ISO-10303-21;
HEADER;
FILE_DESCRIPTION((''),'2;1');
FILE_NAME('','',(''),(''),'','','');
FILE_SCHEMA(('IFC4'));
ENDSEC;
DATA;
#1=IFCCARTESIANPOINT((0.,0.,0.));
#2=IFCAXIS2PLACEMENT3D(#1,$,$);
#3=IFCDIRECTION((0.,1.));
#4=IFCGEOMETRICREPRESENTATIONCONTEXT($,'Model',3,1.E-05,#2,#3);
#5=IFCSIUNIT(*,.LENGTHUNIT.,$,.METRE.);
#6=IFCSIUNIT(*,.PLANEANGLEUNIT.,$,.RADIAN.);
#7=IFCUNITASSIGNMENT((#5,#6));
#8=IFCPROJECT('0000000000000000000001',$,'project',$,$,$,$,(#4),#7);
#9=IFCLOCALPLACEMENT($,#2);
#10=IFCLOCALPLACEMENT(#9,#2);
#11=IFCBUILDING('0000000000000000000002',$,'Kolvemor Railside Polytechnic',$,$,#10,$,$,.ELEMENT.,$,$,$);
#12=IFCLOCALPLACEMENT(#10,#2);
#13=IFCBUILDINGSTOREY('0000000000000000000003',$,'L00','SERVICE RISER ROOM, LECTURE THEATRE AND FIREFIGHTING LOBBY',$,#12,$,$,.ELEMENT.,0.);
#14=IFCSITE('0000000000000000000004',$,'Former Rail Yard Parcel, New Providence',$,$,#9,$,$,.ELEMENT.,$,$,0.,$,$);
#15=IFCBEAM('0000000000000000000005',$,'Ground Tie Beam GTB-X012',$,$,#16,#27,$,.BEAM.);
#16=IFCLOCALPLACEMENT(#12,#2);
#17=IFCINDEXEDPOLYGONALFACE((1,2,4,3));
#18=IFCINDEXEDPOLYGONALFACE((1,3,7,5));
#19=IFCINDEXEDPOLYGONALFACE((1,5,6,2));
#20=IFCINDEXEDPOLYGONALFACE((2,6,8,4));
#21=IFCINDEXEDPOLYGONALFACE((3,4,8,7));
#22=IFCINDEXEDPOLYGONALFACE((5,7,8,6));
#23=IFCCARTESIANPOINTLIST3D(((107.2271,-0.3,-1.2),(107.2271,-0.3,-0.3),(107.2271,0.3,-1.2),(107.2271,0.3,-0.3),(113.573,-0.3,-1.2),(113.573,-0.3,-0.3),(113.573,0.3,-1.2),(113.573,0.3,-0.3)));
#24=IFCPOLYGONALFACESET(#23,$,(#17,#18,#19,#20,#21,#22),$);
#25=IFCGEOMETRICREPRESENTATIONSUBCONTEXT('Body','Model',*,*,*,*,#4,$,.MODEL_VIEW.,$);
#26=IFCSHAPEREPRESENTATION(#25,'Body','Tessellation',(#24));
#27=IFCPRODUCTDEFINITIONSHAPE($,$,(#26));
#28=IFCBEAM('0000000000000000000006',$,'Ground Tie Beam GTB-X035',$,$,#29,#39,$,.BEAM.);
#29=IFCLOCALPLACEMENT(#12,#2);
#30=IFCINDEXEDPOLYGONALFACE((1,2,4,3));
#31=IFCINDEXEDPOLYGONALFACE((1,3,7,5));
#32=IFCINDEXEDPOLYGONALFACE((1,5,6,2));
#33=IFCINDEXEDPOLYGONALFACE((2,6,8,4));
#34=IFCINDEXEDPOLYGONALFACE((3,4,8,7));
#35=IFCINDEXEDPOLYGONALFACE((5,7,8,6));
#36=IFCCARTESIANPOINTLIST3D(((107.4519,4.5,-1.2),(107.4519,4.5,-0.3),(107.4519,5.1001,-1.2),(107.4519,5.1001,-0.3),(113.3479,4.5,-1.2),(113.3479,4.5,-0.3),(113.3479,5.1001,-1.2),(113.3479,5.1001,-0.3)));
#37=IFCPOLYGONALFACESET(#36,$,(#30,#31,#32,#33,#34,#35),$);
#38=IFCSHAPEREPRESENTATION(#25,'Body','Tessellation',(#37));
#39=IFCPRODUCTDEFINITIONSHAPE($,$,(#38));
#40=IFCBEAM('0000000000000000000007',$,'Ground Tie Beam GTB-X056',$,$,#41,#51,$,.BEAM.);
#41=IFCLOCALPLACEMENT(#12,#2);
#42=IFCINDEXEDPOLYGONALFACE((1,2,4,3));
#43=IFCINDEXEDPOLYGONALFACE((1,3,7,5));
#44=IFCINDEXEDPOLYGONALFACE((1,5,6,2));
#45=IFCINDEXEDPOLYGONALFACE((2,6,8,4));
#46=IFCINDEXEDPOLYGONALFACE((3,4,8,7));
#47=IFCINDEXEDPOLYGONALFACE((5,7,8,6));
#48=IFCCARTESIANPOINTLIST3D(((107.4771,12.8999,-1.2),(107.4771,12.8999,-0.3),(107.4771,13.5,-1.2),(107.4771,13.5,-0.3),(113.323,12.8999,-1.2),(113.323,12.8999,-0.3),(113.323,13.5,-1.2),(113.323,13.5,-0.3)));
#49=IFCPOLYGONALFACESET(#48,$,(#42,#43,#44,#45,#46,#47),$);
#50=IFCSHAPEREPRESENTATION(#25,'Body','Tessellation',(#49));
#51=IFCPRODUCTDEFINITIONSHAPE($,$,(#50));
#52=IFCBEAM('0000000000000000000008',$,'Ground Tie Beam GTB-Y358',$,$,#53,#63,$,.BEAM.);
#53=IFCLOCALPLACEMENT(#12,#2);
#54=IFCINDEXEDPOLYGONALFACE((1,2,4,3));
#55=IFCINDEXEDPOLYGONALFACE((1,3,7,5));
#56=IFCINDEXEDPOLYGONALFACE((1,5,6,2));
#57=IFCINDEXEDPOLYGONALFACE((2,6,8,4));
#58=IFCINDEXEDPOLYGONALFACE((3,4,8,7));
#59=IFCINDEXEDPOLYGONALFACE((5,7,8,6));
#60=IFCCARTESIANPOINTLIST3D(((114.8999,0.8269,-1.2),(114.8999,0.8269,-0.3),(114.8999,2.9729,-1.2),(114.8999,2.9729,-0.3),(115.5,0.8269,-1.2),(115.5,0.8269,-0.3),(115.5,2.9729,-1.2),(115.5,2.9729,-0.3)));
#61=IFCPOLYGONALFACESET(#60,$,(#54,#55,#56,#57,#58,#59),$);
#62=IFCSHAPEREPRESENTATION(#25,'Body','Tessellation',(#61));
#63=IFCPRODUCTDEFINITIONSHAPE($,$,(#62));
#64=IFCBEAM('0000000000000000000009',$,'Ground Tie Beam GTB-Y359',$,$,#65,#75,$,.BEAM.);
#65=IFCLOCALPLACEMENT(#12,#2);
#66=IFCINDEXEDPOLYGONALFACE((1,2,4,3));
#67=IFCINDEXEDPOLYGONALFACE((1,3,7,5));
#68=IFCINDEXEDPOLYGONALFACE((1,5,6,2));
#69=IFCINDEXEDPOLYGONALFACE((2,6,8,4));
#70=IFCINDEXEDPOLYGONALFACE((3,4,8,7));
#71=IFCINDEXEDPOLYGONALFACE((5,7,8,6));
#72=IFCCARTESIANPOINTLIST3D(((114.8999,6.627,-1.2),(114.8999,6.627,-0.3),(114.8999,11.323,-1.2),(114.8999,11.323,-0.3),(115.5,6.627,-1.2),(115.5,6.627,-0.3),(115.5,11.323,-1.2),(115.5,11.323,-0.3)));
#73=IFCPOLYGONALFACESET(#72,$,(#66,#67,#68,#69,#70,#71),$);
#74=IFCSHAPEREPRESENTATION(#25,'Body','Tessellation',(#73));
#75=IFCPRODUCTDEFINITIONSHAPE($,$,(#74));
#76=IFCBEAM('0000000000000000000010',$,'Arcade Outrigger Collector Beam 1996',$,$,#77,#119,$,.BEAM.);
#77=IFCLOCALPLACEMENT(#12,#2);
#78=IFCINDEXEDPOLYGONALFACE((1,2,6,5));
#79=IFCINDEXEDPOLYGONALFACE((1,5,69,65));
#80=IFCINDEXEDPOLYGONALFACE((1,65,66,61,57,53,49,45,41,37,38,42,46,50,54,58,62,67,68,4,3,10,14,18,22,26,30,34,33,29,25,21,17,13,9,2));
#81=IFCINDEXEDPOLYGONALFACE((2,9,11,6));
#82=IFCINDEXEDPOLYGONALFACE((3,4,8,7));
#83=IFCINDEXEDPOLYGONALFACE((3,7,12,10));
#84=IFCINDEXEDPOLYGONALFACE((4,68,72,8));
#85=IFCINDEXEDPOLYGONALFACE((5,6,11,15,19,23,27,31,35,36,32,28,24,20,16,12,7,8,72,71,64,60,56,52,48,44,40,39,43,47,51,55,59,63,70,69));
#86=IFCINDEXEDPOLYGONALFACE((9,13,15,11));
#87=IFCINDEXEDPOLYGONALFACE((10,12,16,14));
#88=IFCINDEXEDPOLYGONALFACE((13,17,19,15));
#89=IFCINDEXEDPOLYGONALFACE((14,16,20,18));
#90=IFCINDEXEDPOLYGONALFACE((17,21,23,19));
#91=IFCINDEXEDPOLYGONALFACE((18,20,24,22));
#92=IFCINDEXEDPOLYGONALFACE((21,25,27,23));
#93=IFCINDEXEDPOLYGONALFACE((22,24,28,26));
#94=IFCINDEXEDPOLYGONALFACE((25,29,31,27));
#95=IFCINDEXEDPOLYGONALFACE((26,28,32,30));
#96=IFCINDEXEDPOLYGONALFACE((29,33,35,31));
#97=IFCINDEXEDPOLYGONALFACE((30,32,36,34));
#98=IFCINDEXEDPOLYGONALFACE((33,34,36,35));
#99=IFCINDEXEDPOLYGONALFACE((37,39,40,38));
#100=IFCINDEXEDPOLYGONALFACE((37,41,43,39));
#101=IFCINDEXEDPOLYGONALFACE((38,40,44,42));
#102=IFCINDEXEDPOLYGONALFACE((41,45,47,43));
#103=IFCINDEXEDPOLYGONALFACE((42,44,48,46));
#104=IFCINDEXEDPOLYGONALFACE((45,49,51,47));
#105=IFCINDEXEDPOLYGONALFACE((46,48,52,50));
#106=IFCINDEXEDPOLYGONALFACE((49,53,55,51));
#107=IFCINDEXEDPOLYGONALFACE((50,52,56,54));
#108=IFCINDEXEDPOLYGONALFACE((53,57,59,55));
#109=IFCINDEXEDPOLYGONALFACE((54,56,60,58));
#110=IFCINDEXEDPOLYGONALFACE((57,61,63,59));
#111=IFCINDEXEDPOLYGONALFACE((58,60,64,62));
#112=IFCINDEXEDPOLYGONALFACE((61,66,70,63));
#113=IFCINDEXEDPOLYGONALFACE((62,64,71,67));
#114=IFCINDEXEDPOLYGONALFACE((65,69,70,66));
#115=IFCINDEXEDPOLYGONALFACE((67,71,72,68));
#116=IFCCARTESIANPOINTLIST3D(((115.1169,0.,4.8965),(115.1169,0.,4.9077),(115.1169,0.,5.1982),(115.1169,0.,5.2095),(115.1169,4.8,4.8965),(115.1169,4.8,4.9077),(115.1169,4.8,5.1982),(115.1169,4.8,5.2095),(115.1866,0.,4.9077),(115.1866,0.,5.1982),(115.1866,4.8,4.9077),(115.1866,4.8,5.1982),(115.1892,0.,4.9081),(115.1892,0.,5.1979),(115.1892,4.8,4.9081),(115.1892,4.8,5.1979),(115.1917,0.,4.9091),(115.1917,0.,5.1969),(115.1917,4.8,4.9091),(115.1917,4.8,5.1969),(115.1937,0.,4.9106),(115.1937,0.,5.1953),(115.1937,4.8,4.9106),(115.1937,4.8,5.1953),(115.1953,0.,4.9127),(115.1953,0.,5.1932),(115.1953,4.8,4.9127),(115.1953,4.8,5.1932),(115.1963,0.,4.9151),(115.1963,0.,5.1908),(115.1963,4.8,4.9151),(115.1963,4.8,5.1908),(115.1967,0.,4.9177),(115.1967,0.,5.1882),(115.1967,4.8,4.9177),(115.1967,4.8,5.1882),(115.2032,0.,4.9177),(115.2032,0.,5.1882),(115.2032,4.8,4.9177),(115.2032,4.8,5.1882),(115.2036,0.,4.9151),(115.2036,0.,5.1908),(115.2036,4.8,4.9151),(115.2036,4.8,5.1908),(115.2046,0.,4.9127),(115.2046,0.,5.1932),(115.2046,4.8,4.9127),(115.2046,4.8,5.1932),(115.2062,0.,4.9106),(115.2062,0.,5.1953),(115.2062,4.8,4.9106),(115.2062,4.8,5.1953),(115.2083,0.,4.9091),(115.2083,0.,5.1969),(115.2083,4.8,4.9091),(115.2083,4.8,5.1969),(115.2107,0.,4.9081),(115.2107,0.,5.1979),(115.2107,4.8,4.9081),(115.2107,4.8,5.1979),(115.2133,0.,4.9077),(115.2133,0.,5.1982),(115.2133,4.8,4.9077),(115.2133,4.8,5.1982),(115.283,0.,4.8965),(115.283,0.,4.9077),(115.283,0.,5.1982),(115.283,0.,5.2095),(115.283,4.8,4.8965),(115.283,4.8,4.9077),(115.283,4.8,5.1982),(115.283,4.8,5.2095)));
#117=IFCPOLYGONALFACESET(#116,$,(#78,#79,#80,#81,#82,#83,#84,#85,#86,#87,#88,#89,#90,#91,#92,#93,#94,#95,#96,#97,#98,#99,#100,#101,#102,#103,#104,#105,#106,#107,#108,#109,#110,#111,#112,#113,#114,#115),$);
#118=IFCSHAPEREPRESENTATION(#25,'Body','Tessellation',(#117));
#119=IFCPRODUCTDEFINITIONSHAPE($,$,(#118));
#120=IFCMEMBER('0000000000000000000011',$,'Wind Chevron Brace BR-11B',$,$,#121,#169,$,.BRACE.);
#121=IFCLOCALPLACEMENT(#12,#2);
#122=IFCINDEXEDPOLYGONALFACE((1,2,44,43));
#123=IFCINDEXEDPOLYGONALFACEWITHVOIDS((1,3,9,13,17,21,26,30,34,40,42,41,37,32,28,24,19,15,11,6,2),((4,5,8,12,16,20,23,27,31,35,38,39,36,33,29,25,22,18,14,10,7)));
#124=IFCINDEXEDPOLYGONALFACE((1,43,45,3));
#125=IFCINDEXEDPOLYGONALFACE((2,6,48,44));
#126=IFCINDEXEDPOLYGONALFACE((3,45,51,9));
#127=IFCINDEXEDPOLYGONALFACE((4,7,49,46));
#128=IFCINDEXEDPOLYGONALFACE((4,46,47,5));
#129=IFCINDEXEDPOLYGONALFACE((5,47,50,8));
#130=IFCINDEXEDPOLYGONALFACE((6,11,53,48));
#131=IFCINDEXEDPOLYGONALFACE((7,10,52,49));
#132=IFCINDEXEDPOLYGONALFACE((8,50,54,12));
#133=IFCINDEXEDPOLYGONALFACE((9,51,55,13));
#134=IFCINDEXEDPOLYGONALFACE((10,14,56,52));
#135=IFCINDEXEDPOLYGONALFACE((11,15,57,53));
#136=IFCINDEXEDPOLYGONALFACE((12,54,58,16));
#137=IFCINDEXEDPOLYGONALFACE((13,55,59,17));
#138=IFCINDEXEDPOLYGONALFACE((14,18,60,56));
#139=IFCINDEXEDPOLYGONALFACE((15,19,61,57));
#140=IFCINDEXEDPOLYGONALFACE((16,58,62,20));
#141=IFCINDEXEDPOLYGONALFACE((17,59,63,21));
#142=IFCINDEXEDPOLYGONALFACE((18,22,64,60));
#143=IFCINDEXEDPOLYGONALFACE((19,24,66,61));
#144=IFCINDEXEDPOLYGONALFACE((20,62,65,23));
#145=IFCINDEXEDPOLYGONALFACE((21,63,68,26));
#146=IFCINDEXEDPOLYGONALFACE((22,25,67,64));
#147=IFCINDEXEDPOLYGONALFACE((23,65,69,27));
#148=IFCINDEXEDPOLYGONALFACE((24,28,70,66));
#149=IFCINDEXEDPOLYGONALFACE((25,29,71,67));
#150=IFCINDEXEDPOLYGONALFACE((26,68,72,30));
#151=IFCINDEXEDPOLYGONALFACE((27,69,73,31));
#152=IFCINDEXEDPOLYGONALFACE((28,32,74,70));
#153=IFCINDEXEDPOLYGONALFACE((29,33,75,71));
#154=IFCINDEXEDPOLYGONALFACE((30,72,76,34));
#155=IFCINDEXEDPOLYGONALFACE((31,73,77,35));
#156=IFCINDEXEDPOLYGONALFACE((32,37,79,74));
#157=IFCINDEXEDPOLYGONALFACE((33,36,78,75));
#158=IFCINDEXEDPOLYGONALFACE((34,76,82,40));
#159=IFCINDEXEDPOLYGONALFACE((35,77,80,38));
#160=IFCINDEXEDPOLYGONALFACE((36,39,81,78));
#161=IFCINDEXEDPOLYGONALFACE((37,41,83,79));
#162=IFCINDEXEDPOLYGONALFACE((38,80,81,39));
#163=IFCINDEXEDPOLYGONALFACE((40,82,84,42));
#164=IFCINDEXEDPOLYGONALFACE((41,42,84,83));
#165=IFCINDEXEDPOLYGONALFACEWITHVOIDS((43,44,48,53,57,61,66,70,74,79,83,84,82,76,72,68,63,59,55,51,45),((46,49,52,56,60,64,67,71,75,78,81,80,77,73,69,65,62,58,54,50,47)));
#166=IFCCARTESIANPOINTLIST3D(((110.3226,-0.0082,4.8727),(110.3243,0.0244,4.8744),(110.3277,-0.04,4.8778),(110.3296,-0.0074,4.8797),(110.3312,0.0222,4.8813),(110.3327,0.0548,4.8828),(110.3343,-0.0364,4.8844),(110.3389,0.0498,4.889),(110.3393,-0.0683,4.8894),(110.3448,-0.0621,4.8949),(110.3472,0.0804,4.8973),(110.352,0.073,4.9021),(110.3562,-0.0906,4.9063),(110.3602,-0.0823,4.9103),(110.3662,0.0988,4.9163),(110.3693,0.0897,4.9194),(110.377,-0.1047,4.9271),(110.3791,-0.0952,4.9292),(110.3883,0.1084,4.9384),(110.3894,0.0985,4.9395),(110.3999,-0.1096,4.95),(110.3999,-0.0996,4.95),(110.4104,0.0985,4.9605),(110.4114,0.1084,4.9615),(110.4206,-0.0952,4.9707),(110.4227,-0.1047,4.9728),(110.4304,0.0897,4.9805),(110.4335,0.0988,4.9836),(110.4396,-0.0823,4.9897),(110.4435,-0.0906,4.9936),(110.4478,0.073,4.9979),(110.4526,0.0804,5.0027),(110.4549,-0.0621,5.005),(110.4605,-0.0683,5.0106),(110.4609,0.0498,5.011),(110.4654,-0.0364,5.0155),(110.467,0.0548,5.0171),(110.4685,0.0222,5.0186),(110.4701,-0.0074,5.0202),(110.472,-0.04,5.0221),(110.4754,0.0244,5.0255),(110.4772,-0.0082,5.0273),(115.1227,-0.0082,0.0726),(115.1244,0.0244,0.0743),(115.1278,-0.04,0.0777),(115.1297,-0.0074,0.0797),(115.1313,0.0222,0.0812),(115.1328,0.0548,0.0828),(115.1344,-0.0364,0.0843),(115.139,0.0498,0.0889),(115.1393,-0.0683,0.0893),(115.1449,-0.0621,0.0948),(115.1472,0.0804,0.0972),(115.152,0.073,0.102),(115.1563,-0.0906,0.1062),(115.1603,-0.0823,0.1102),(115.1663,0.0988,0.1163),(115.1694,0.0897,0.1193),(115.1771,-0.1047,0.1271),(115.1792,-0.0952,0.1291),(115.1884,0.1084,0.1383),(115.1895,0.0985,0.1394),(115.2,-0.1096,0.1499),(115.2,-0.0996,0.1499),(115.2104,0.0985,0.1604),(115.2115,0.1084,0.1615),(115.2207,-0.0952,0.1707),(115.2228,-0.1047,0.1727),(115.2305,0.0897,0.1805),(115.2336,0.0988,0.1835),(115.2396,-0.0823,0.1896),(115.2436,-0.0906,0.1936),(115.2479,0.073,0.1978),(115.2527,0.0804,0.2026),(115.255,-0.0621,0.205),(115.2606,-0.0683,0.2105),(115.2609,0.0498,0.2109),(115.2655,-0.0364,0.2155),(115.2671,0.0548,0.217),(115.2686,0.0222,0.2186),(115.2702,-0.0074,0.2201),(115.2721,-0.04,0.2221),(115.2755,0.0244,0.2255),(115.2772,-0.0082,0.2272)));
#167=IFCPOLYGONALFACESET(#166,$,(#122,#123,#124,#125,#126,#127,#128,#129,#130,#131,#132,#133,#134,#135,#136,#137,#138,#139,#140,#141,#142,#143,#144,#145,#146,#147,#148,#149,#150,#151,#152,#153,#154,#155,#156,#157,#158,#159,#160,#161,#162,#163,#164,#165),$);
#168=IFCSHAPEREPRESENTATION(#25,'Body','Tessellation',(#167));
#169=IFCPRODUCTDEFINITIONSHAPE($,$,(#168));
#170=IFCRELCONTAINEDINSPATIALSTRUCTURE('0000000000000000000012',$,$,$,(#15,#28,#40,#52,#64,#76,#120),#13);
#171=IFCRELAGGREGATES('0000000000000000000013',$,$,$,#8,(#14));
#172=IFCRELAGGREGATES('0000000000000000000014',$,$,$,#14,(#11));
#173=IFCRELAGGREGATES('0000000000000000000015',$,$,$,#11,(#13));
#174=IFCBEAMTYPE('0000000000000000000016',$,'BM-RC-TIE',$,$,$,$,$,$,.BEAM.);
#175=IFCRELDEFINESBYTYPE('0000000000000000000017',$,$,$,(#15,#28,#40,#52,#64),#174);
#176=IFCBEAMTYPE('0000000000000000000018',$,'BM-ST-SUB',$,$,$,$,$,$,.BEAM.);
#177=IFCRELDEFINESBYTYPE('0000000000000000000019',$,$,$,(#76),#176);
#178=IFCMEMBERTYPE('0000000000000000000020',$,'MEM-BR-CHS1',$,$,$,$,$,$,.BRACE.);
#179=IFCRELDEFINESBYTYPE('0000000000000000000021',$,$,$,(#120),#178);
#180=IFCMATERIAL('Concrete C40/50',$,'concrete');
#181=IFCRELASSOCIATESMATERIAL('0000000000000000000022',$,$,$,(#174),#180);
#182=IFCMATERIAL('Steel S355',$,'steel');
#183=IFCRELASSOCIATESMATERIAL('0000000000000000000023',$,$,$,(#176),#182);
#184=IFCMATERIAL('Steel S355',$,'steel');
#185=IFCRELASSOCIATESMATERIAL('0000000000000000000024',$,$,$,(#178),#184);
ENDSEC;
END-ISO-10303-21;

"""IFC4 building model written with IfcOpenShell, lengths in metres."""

from ifc_helpers import new_model, si_unit, direction, frame, origin, origin_2d, place, context, subcontext, project, spatial, rectangle, hollow_circle, i_section, extrude, material, material_profile, profile_set, type_object, element, save


model = new_model("IFC4")

# Units and contexts
model_context = context("Model", 3, precision=1e-05, world=origin(), true_north=direction((0.0, 1.0)))
body_context = subcontext(model_context, "Body", "Model", "MODEL_VIEW")
ifc_project = project(units=[si_unit("LENGTHUNIT", "METRE"), si_unit("PLANEANGLEUNIT", "RADIAN")], contexts=[model_context])

# Site, building, storey
site_placement = place(None, origin())
site = spatial("IfcSite", under=ifc_project, at=site_placement, Name="Former Rail Yard Parcel, New Providence", CompositionType="ELEMENT", RefElevation=0.0)
building_placement = place(site_placement, origin())
building = spatial("IfcBuilding", under=site, at=building_placement, Name="Kolvemor Railside Polytechnic", CompositionType="ELEMENT")
storey_placement = place(building_placement, origin())
storey = spatial("IfcBuildingStorey", under=building, at=storey_placement, Name="L00", Description="SERVICE RISER ROOM, LECTURE THEATRE AND FIREFIGHTING LOBBY", CompositionType="ELEMENT", Elevation=0.0)

# Beams
ifc_material_1 = material(Name="Concrete C40/50", Category="concrete")
ifc_material_profile_1 = material_profile(ifc_material_1, rectangle(XDim=0.6001, YDim=0.8999, at=origin_2d()), Name="RC600x900")
ifc_profile_set_1 = profile_set([ifc_material_profile_1], Name="Concrete C40/50")
beam_type_1 = type_object("IfcBeamType", Name="BM-RC-TIE", PredefinedType="BEAM", material=ifc_profile_set_1)
beam_1_placement = place(storey_placement, frame((107.2271, 0.0, -0.75), z_axis=(1.0, 0.0, 0.0), x_axis=(0.0, 1.0, 0.0)))
element("IfcBeam", 1, at=beam_1_placement, inside=storey, type_object=beam_type_1, Name="Ground Tie Beam GTB-X012", PredefinedType="BEAM", context=body_context, shape_type="SweptSolid", body=[
    extrude(rectangle(XDim=0.6001, YDim=0.8999, at=origin_2d()), origin(), (0.0, 0.0, 1.0), 6.3459),
])
beam_2_placement = place(storey_placement, frame((107.4519, 4.8, -0.75), z_axis=(1.0, 0.0, 0.0), x_axis=(0.0, 1.0, 0.0)))
element("IfcBeam", 2, at=beam_2_placement, inside=storey, type_object=beam_type_1, Name="Ground Tie Beam GTB-X035", PredefinedType="BEAM", context=body_context, shape_type="SweptSolid", body=[
    extrude(rectangle(XDim=0.6001, YDim=0.8999, at=origin_2d()), origin(), (0.0, 0.0, 1.0), 5.896),
])
beam_3_placement = place(storey_placement, frame((107.4771, 13.2, -0.75), z_axis=(1.0, 0.0, 0.0), x_axis=(0.0, 1.0, 0.0)))
element("IfcBeam", 3, at=beam_3_placement, inside=storey, type_object=beam_type_1, Name="Ground Tie Beam GTB-X056", PredefinedType="BEAM", context=body_context, shape_type="SweptSolid", body=[
    extrude(rectangle(XDim=0.6001, YDim=0.8999, at=origin_2d()), origin(), (0.0, 0.0, 1.0), 5.8459),
])
beam_4_placement = place(storey_placement, frame((115.2, 0.8269, -0.75), z_axis=(0.0, 1.0, 0.0), x_axis=(-1.0, 0.0, 0.0)))
element("IfcBeam", 4, at=beam_4_placement, inside=storey, type_object=beam_type_1, Name="Ground Tie Beam GTB-Y358", PredefinedType="BEAM", context=body_context, shape_type="SweptSolid", body=[
    extrude(rectangle(XDim=0.6001, YDim=0.8999, at=origin_2d()), origin(), (0.0, 0.0, 1.0), 2.146),
])
beam_5_placement = place(storey_placement, frame((115.2, 6.627, -0.75), z_axis=(0.0, 1.0, 0.0), x_axis=(-1.0, 0.0, 0.0)))
element("IfcBeam", 5, at=beam_5_placement, inside=storey, type_object=beam_type_1, Name="Ground Tie Beam GTB-Y359", PredefinedType="BEAM", context=body_context, shape_type="SweptSolid", body=[
    extrude(rectangle(XDim=0.6001, YDim=0.8999, at=origin_2d()), origin(), (0.0, 0.0, 1.0), 4.696),
])
ifc_material_2 = material(Name="Steel S355", Category="steel")
ifc_material_profile_2 = material_profile(ifc_material_2, i_section(OverallWidth=0.166, OverallDepth=0.313, WebThickness=0.0066, FlangeThickness=0.0112, FilletRadius=0.01, at=origin_2d()), Name="W310x45")
ifc_profile_set_2 = profile_set([ifc_material_profile_2], Name="Steel S355")
beam_type_2 = type_object("IfcBeamType", Name="BM-ST-SUB", PredefinedType="BEAM", material=ifc_profile_set_2)
beam_6_placement = place(storey_placement, frame((115.2, 0.0, 5.053), z_axis=(0.0, 1.0, 0.0), x_axis=(-1.0, 0.0, 0.0)))
element("IfcBeam", 6, at=beam_6_placement, inside=storey, type_object=beam_type_2, Name="Arcade Outrigger Collector Beam 1996", PredefinedType="BEAM", context=body_context, shape_type="SweptSolid", body=[
    extrude(i_section(OverallWidth=0.166, OverallDepth=0.313, WebThickness=0.0066, FlangeThickness=0.0112, FilletRadius=0.01, at=origin_2d()), origin(), (0.0, 0.0, 1.0), 4.8),
])

# Member
ifc_material_3 = material(Name="Steel S355", Category="steel")
ifc_material_profile_3 = material_profile(ifc_material_3, hollow_circle(Radius=0.1096, WallThickness=0.01, at=origin_2d()), Name="CHS219.1x10")
ifc_profile_set_3 = profile_set([ifc_material_profile_3], Name="Steel S355")
member_type_1 = type_object("IfcMemberType", Name="MEM-BR-CHS1", PredefinedType="BRACE", material=ifc_profile_set_3)
member_1_placement = place(storey_placement, frame((115.2, 0.0, 0.1499), z_axis=(-0.707107, 0.0, 0.707107), x_axis=(0.0, -1.0, 0.0)))
element("IfcMember", 7, at=member_1_placement, inside=storey, type_object=member_type_1, Name="Wind Chevron Brace BR-11B", PredefinedType="BRACE", context=body_context, shape_type="SweptSolid", body=[
    extrude(hollow_circle(Radius=0.1096, WallThickness=0.01, at=origin_2d()), origin(), (0.0, 0.0, 1.0), 6.7883),
])

save(model, "model.ifc")
